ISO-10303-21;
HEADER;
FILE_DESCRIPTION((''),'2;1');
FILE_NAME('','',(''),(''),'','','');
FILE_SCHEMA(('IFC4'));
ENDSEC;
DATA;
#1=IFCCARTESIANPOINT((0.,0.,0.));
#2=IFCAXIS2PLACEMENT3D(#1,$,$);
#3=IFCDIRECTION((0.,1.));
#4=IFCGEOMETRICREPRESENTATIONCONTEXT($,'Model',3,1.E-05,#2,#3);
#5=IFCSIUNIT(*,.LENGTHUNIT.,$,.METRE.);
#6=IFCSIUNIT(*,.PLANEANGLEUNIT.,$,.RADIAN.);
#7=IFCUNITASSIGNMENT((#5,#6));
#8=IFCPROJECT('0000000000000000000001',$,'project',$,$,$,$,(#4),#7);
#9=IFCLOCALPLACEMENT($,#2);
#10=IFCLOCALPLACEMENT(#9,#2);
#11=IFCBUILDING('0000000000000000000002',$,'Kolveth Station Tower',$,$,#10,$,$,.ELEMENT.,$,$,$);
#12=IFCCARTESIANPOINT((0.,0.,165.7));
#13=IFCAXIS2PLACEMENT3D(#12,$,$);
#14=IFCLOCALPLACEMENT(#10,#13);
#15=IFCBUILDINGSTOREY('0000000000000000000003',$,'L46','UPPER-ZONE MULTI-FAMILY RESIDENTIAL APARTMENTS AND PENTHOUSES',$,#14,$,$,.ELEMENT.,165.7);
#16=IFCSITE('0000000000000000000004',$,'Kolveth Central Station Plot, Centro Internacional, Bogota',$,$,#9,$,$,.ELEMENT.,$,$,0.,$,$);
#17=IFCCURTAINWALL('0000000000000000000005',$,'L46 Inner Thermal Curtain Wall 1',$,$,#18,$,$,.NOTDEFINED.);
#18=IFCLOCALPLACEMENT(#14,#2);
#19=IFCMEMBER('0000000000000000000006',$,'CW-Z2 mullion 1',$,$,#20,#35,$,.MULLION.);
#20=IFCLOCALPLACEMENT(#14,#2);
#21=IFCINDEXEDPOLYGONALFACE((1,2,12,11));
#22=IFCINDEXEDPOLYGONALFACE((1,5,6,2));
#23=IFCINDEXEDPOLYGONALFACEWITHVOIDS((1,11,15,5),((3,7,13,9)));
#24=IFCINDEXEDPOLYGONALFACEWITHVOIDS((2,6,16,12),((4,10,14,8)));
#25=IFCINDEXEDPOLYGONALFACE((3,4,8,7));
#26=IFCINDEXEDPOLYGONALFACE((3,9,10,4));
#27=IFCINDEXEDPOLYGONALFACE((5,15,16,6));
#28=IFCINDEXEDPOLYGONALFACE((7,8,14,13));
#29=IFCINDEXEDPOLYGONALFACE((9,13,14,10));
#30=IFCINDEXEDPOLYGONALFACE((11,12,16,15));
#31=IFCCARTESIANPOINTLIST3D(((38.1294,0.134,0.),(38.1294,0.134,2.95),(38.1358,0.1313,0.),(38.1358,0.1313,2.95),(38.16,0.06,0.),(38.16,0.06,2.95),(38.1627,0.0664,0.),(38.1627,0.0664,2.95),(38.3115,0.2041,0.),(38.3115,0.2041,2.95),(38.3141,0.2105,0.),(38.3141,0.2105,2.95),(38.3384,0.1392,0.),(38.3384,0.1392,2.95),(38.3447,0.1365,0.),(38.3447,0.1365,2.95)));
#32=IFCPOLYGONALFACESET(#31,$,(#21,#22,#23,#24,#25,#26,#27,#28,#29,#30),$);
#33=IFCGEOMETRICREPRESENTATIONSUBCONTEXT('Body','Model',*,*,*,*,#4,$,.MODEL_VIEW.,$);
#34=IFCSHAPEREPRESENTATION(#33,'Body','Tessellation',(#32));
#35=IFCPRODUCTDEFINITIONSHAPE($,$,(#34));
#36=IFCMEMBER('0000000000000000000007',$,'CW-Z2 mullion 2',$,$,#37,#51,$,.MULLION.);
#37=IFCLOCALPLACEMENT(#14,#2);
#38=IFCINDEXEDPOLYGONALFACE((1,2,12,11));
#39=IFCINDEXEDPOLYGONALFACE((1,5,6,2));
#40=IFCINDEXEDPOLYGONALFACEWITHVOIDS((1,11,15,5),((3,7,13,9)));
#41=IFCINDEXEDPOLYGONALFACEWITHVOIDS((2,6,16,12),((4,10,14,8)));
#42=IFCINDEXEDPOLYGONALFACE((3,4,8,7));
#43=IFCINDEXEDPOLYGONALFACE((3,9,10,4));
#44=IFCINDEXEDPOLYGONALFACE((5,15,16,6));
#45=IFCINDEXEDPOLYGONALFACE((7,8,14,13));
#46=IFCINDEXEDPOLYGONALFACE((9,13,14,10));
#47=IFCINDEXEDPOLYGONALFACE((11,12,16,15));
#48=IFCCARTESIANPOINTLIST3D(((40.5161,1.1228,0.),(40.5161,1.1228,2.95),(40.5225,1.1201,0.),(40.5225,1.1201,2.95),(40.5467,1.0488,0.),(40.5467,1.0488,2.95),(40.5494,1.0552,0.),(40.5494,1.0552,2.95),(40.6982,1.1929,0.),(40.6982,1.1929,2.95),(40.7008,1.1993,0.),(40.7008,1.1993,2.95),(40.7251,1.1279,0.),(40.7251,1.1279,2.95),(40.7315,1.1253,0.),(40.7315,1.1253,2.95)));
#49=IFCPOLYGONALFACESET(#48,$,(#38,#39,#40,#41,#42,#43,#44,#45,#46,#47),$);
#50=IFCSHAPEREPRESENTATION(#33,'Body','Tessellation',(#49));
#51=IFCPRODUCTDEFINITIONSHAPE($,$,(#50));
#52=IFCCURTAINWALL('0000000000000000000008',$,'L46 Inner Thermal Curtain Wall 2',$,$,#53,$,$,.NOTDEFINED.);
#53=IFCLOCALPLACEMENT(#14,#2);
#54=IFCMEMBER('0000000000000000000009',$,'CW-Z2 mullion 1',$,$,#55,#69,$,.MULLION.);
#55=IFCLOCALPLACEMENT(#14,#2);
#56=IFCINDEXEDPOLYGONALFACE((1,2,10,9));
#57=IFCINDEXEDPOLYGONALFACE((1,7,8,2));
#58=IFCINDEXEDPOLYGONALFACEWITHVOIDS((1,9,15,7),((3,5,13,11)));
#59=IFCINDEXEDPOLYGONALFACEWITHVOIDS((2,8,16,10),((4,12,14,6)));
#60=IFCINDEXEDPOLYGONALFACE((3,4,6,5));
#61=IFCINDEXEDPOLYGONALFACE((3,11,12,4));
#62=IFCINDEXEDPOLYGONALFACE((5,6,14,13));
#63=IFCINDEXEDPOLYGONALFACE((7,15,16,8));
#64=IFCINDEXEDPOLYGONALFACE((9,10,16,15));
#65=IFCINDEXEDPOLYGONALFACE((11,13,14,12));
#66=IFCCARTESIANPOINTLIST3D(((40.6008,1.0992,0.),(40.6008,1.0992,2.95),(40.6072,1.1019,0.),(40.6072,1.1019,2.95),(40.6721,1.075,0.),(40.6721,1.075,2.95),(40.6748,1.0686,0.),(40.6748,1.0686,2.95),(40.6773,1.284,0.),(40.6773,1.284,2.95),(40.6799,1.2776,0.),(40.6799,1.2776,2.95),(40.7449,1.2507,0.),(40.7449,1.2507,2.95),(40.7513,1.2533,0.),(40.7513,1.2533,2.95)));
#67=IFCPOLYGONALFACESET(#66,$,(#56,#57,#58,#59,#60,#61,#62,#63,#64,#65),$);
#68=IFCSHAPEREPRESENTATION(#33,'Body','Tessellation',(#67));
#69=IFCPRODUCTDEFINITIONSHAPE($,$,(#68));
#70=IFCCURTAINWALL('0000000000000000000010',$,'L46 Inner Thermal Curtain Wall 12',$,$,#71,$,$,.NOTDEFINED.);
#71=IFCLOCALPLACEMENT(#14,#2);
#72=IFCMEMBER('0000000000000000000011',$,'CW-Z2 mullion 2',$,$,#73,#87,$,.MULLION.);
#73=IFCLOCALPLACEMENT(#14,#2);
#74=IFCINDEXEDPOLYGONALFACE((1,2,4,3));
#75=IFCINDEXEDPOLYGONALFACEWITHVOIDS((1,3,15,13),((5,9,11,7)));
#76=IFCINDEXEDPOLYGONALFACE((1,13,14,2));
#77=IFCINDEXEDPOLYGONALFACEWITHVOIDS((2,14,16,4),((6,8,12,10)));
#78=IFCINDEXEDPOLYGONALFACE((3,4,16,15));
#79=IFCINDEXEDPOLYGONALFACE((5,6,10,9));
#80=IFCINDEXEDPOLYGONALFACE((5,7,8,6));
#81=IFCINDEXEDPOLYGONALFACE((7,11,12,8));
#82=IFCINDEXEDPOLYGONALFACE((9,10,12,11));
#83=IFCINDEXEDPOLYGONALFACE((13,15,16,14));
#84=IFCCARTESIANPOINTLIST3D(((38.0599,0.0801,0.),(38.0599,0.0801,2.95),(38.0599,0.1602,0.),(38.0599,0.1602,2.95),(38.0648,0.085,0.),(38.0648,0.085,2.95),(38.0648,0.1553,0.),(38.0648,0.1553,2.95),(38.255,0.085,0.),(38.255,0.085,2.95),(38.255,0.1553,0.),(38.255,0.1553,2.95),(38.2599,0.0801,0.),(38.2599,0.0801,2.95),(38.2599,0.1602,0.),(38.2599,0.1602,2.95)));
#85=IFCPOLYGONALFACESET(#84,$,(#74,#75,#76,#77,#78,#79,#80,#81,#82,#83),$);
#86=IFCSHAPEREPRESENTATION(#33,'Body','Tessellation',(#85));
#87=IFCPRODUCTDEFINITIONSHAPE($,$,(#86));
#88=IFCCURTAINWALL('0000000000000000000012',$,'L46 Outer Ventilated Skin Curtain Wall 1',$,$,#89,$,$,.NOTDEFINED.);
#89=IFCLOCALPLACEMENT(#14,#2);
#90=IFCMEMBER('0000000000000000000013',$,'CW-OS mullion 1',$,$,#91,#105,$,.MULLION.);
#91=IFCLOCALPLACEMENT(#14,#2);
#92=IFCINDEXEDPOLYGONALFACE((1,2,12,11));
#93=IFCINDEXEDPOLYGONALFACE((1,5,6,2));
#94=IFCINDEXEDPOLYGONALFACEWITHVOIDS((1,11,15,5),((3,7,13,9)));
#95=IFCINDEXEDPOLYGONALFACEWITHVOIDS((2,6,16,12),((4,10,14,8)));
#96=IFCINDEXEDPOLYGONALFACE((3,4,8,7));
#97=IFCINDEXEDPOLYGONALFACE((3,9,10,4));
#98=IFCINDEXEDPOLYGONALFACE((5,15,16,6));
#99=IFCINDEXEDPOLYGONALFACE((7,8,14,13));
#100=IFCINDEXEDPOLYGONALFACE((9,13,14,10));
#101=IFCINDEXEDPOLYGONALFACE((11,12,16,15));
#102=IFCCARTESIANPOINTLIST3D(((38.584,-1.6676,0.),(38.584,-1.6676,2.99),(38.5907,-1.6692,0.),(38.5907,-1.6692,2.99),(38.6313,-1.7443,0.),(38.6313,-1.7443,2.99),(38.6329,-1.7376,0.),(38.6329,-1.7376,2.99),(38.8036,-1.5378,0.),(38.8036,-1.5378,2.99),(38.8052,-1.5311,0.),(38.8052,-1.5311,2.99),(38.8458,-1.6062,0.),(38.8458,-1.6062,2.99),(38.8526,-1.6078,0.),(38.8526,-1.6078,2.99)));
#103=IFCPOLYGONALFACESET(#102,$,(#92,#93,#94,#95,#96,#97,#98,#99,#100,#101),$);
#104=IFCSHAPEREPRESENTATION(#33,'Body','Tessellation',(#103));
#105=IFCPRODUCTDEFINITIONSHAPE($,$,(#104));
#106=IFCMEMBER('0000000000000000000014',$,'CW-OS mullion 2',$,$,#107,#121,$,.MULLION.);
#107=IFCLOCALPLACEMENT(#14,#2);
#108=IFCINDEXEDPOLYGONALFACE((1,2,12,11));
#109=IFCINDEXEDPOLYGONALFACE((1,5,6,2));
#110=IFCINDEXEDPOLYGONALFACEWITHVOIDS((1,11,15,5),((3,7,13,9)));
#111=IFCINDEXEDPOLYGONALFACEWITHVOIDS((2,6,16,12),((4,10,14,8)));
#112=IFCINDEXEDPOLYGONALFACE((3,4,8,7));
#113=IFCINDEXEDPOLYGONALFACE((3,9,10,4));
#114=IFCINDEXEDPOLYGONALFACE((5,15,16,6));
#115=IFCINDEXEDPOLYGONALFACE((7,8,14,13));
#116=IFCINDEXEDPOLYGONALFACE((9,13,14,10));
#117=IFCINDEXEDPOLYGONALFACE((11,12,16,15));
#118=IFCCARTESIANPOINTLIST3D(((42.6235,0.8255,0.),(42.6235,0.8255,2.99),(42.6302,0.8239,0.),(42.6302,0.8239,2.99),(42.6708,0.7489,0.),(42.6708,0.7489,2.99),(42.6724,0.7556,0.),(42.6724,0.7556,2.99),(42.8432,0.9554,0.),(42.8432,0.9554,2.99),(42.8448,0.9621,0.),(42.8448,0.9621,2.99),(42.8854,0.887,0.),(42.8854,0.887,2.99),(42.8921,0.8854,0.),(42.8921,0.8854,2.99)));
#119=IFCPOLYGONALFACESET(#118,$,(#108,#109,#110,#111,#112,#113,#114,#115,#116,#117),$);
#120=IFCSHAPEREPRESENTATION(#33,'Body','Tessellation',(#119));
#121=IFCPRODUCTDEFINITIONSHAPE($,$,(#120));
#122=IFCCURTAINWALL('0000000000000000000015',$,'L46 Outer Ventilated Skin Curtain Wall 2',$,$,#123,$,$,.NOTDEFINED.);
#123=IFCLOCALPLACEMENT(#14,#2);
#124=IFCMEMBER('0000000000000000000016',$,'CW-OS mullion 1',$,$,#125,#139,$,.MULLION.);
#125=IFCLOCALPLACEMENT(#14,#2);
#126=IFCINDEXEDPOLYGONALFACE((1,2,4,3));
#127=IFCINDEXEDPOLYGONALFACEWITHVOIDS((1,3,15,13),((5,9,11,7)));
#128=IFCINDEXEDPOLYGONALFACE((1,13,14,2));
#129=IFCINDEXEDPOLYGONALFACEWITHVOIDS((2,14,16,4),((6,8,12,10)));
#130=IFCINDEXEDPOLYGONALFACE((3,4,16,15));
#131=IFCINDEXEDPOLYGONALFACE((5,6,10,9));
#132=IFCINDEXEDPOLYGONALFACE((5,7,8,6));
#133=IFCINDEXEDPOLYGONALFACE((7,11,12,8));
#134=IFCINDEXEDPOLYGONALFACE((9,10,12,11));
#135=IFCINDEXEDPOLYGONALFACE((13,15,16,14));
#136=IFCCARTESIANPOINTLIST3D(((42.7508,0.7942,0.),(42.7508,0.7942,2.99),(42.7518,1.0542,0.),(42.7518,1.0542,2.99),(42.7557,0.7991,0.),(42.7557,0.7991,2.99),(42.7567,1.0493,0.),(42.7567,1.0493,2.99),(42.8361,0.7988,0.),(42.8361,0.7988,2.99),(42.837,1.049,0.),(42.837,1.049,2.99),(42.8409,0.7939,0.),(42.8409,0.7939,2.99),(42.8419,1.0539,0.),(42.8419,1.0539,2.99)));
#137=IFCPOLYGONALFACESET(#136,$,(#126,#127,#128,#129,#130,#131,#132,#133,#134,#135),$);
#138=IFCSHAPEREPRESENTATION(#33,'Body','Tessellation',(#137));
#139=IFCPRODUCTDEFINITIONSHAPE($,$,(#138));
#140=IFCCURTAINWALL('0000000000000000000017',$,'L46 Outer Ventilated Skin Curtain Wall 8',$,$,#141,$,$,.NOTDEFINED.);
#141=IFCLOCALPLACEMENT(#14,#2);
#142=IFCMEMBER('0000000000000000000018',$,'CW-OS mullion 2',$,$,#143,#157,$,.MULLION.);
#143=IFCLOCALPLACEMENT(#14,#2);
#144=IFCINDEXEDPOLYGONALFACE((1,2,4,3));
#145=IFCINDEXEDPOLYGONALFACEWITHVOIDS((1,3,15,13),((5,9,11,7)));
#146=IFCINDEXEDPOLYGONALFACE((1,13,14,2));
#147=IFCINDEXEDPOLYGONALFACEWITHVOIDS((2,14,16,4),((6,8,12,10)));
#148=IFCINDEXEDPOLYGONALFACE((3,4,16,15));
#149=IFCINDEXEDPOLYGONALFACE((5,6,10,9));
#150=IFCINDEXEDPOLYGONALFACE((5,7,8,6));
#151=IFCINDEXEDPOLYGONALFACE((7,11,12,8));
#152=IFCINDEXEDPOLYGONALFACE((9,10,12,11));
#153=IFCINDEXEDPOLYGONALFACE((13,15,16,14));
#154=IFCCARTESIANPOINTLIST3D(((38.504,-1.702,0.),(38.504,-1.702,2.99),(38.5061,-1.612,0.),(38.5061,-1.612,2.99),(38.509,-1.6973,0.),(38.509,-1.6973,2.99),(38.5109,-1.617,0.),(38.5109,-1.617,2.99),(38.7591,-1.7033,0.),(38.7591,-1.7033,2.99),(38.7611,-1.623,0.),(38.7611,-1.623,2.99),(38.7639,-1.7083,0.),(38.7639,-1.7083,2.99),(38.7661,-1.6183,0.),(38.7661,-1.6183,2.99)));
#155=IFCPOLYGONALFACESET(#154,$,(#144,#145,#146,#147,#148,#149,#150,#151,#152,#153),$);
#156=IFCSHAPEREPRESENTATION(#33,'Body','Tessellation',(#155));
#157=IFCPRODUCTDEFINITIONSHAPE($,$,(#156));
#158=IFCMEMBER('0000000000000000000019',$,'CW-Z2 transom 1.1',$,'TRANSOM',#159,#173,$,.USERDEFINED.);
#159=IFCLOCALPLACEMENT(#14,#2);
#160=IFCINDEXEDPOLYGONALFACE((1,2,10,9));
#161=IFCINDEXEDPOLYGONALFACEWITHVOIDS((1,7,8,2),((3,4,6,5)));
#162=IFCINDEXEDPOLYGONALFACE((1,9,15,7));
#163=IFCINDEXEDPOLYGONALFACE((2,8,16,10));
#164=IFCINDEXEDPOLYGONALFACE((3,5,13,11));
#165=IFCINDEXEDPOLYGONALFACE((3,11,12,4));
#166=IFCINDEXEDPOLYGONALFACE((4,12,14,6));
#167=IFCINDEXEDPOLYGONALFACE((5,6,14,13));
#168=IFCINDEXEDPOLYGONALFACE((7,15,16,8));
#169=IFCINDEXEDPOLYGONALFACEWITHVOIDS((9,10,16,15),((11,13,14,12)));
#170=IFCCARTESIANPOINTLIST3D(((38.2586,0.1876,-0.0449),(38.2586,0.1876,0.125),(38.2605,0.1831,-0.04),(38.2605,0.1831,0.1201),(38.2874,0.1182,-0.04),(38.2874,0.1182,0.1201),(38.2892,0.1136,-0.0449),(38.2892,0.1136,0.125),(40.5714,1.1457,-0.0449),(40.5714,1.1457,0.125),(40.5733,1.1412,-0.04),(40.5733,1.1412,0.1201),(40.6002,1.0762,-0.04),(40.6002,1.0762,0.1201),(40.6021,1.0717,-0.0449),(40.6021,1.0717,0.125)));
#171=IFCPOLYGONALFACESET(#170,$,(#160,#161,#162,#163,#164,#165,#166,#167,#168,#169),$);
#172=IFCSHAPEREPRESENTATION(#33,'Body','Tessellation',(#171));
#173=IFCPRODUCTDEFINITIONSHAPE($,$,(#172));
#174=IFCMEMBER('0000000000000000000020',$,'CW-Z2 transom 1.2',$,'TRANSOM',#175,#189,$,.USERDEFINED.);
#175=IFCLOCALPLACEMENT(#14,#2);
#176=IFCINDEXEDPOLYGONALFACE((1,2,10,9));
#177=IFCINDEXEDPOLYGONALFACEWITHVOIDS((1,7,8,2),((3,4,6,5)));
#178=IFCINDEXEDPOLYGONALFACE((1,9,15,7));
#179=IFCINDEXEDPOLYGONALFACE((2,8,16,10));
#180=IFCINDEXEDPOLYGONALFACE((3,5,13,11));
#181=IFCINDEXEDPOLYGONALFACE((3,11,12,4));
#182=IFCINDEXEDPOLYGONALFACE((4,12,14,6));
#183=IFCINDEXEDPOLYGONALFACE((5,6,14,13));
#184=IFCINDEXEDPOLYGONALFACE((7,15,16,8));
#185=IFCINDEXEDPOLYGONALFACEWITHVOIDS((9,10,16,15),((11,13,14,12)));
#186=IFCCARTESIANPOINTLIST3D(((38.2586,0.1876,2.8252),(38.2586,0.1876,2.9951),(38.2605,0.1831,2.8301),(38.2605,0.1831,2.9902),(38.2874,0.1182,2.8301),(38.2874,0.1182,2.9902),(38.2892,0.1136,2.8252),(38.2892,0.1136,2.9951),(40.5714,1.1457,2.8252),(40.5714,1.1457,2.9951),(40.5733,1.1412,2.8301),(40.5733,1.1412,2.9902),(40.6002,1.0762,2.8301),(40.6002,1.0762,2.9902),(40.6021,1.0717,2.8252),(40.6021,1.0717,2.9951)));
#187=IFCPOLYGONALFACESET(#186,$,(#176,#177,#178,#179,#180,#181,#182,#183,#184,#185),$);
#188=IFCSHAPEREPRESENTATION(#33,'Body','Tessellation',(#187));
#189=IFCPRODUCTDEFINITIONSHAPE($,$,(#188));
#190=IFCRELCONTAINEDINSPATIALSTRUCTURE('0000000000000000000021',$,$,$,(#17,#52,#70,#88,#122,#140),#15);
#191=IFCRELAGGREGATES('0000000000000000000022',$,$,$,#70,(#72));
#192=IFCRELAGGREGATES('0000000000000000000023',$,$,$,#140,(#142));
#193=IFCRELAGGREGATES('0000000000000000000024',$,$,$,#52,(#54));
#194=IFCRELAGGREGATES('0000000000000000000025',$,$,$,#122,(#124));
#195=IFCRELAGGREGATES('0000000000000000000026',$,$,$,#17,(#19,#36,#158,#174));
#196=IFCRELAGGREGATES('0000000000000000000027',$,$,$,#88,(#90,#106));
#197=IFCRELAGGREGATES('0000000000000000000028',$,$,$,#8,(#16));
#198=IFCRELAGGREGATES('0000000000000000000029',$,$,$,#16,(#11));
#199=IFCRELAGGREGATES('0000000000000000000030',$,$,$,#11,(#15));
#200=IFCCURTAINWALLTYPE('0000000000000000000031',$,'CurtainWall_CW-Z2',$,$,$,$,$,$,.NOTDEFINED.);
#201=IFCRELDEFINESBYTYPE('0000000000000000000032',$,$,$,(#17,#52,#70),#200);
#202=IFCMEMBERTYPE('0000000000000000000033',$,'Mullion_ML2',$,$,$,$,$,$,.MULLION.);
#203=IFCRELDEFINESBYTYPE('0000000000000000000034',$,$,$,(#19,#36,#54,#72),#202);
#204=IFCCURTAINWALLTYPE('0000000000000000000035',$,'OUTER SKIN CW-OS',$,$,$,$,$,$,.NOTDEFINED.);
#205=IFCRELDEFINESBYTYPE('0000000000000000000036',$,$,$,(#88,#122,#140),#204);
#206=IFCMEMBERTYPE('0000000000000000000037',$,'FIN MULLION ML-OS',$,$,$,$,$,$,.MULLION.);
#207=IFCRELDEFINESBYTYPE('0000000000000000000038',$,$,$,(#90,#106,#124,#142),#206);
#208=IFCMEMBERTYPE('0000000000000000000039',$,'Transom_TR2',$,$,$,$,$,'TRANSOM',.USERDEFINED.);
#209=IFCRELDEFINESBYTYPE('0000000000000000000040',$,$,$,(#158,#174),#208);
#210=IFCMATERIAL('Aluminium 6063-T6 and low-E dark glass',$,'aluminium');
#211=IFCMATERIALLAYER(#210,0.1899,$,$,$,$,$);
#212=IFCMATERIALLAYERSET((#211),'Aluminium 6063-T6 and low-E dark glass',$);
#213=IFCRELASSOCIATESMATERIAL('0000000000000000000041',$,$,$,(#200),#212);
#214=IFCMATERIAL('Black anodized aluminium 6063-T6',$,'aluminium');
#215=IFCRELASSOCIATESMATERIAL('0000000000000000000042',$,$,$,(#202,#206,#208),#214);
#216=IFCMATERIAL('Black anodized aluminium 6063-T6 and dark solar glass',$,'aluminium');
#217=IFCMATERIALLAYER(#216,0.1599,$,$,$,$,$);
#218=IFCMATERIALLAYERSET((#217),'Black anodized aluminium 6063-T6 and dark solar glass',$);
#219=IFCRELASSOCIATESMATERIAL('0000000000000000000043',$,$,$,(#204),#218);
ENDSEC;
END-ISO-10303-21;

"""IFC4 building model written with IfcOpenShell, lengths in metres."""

from ifc_helpers import new_model, si_unit, direction, frame, origin, origin_2d, place, context, subcontext, project, spatial, hollow_rectangle, extrude, source, transform, mapped, material, layer, layer_set, material_profile, profile_set, type_object, element, aggregate, save


model = new_model("IFC4")

# Units and contexts
model_context = context("Model", 3, precision=1e-05, world=origin(), true_north=direction((0.0, 1.0)))
body_context = subcontext(model_context, "Body", "Model", "MODEL_VIEW")
ifc_project = project(units=[si_unit("LENGTHUNIT", "METRE"), si_unit("PLANEANGLEUNIT", "RADIAN")], contexts=[model_context])

# Site, building, storey
site_placement = place(None, origin())
site = spatial("IfcSite", under=ifc_project, at=site_placement, Name="Kolveth Central Station Plot, Centro Internacional, Bogota", CompositionType="ELEMENT", RefElevation=0.0)
building_placement = place(site_placement, origin())
building = spatial("IfcBuilding", under=site, at=building_placement, Name="Kolveth Station Tower", CompositionType="ELEMENT")
storey_placement = place(building_placement, frame((0.0, 0.0, 165.7)))
storey = spatial("IfcBuildingStorey", under=building, at=storey_placement, Name="L46", Description="UPPER-ZONE MULTI-FAMILY RESIDENTIAL APARTMENTS AND PENTHOUSES", CompositionType="ELEMENT", Elevation=165.7)

# Curtain wall, members
ifc_material_1 = material(Name="Aluminium 6063-T6 and low-E dark glass", Category="aluminium")
ifc_layer_1 = layer(ifc_material_1, 0.1899)
ifc_layer_set_1 = layer_set([ifc_layer_1], Name="Aluminium 6063-T6 and low-E dark glass")
curtain_wall_type_1 = type_object("IfcCurtainWallType", Name="CurtainWall_CW-Z2", PredefinedType="NOTDEFINED", material=ifc_layer_set_1)
curtain_wall_1_placement = place(storey_placement, origin())
curtain_wall_1 = element("IfcCurtainWall", 1, at=curtain_wall_1_placement, inside=storey, type_object=curtain_wall_type_1, Name="L46 Inner Thermal Curtain Wall 1", PredefinedType="NOTDEFINED")
ifc_material_2 = material(Name="Black anodized aluminium 6063-T6", Category="aluminium")
ifc_material_profile_1 = material_profile(ifc_material_2, hollow_rectangle(XDim=0.0801, YDim=0.2, WallThickness=0.0049, at=origin_2d()), Name="ALU-80x200x5")
ifc_profile_set_1 = profile_set([ifc_material_profile_1], Name="Black anodized aluminium 6063-T6")
member_type_1 = type_object("IfcMemberType", Name="Mullion_ML2", PredefinedType="MULLION", material=ifc_profile_set_1)
shared_shape_1 = source(origin(), body_context, "Body", "SweptSolid", [
    extrude(hollow_rectangle(XDim=0.0801, YDim=0.2, WallThickness=0.0049, at=origin_2d()), origin(), (0.0, 0.0, 1.0), 2.95),
])
member_1_placement = place(storey_placement, frame((38.2371, 0.1353, 0.0), z_axis=(0.0, 0.0, 1.0), x_axis=(-0.382698, 0.923874, 0.0)))
member_1 = element("IfcMember", 2, at=member_1_placement, type_object=member_type_1, Name="CW-Z2 mullion 1", PredefinedType="MULLION", context=body_context, shape_type="MappedRepresentation", body=[
    mapped(shared_shape_1, transform((0.0, 0.0, 0.0), x_axis=(1.0, 0.0, 0.0), y_axis=(0.0, 1.0, 0.0), z_axis=(0.0, 0.0, 1.0), scale=1.0)),
])
member_2_placement = place(storey_placement, frame((40.6238, 1.124, 0.0), z_axis=(0.0, 0.0, 1.0), x_axis=(-0.382698, 0.923874, 0.0)))
member_2 = element("IfcMember", 3, at=member_2_placement, type_object=member_type_1, Name="CW-Z2 mullion 2", PredefinedType="MULLION", context=body_context, shape_type="MappedRepresentation", body=[
    mapped(shared_shape_1, transform((0.0, 0.0, 0.0), x_axis=(1.0, 0.0, 0.0), y_axis=(0.0, 1.0, 0.0), z_axis=(0.0, 0.0, 1.0), scale=1.0)),
])

# Curtain walls, members
curtain_wall_2_placement = place(storey_placement, origin())
curtain_wall_2 = element("IfcCurtainWall", 4, at=curtain_wall_2_placement, inside=storey, type_object=curtain_wall_type_1, Name="L46 Inner Thermal Curtain Wall 2", PredefinedType="NOTDEFINED")
member_3_placement = place(storey_placement, frame((40.676, 1.1763, 0.0), z_axis=(0.0, 0.0, 1.0), x_axis=(-0.923874, 0.382698, 0.0)))
member_3 = element("IfcMember", 5, at=member_3_placement, type_object=member_type_1, Name="CW-Z2 mullion 1", PredefinedType="MULLION", context=body_context, shape_type="MappedRepresentation", body=[
    mapped(shared_shape_1, transform((0.0, 0.0, 0.0), x_axis=(1.0, 0.0, 0.0), y_axis=(0.0, 1.0, 0.0), z_axis=(0.0, 0.0, 1.0), scale=1.0)),
])
curtain_wall_3_placement = place(storey_placement, origin())
curtain_wall_3 = element("IfcCurtainWall", 6, at=curtain_wall_3_placement, inside=storey, type_object=curtain_wall_type_1, Name="L46 Inner Thermal Curtain Wall 12", PredefinedType="NOTDEFINED")
member_4_placement = place(storey_placement, frame((38.1599, 0.1201, 0.0), z_axis=(0.0, 0.0, 1.0), x_axis=(0.0, 1.0, 0.0)))
member_4 = element("IfcMember", 7, at=member_4_placement, type_object=member_type_1, Name="CW-Z2 mullion 2", PredefinedType="MULLION", context=body_context, shape_type="MappedRepresentation", body=[
    mapped(shared_shape_1, transform((0.0, 0.0, 0.0), x_axis=(1.0, 0.0, 0.0), y_axis=(0.0, 1.0, 0.0), z_axis=(0.0, 0.0, 1.0), scale=1.0)),
])
aggregate(curtain_wall_3, [member_4])

# Curtain wall, members
ifc_material_3 = material(Name="Black anodized aluminium 6063-T6 and dark solar glass", Category="aluminium")
ifc_layer_2 = layer(ifc_material_3, 0.1599)
ifc_layer_set_2 = layer_set([ifc_layer_2], Name="Black anodized aluminium 6063-T6 and dark solar glass")
curtain_wall_type_2 = type_object("IfcCurtainWallType", Name="OUTER SKIN CW-OS", PredefinedType="NOTDEFINED", material=ifc_layer_set_2)
curtain_wall_4_placement = place(storey_placement, origin())
curtain_wall_4 = element("IfcCurtainWall", 8, at=curtain_wall_4_placement, inside=storey, type_object=curtain_wall_type_2, Name="L46 Outer Ventilated Skin Curtain Wall 1", PredefinedType="NOTDEFINED")
ifc_material_profile_2 = material_profile(ifc_material_2, hollow_rectangle(XDim=0.0901, YDim=0.26, WallThickness=0.0049, at=origin_2d()), Name="ALU-90x260x5")
ifc_profile_set_2 = profile_set([ifc_material_profile_2], Name="Black anodized aluminium 6063-T6")
member_type_2 = type_object("IfcMemberType", Name="FIN MULLION ML-OS", PredefinedType="MULLION", material=ifc_profile_set_2)
shared_shape_2 = source(origin(), body_context, "Body", "SweptSolid", [
    extrude(hollow_rectangle(XDim=0.0901, YDim=0.26, WallThickness=0.0049, at=origin_2d()), origin(), (0.0, 0.0, 1.0), 2.99),
])
member_5_placement = place(storey_placement, frame((38.7183, -1.6377, 0.0), z_axis=(0.0, 0.0, 1.0), x_axis=(-0.525176, 0.850994, 0.0)))
member_5 = element("IfcMember", 9, at=member_5_placement, type_object=member_type_2, Name="CW-OS mullion 1", PredefinedType="MULLION", context=body_context, shape_type="MappedRepresentation", body=[
    mapped(shared_shape_2, transform((0.0, 0.0, 0.0), x_axis=(1.0, 0.0, 0.0), y_axis=(0.0, 1.0, 0.0), z_axis=(0.0, 0.0, 1.0), scale=1.0)),
])
member_6_placement = place(storey_placement, frame((42.7578, 0.8555, 0.0), z_axis=(0.0, 0.0, 1.0), x_axis=(-0.525176, 0.850994, 0.0)))
member_6 = element("IfcMember", 10, at=member_6_placement, type_object=member_type_2, Name="CW-OS mullion 2", PredefinedType="MULLION", context=body_context, shape_type="MappedRepresentation", body=[
    mapped(shared_shape_2, transform((0.0, 0.0, 0.0), x_axis=(1.0, 0.0, 0.0), y_axis=(0.0, 1.0, 0.0), z_axis=(0.0, 0.0, 1.0), scale=1.0)),
])

# Curtain walls, members
curtain_wall_5_placement = place(storey_placement, origin())
curtain_wall_5 = element("IfcCurtainWall", 11, at=curtain_wall_5_placement, inside=storey, type_object=curtain_wall_type_2, Name="L46 Outer Ventilated Skin Curtain Wall 2", PredefinedType="NOTDEFINED")
member_7_placement = place(storey_placement, frame((42.7964, 0.9241, 0.0), z_axis=(0.0, 0.0, 1.0), x_axis=(-0.999993, 0.003844, 0.0)))
member_7 = element("IfcMember", 12, at=member_7_placement, type_object=member_type_2, Name="CW-OS mullion 1", PredefinedType="MULLION", context=body_context, shape_type="MappedRepresentation", body=[
    mapped(shared_shape_2, transform((0.0, 0.0, 0.0), x_axis=(1.0, 0.0, 0.0), y_axis=(0.0, 1.0, 0.0), z_axis=(0.0, 0.0, 1.0), scale=1.0)),
])
curtain_wall_6_placement = place(storey_placement, origin())
curtain_wall_6 = element("IfcCurtainWall", 13, at=curtain_wall_6_placement, inside=storey, type_object=curtain_wall_type_2, Name="L46 Outer Ventilated Skin Curtain Wall 8", PredefinedType="NOTDEFINED")
member_8_placement = place(storey_placement, frame((38.635, -1.6602, 0.0), z_axis=(0.0, 0.0, 1.0), x_axis=(0.024152, 0.999708, 0.0)))
member_8 = element("IfcMember", 14, at=member_8_placement, type_object=member_type_2, Name="CW-OS mullion 2", PredefinedType="MULLION", context=body_context, shape_type="MappedRepresentation", body=[
    mapped(shared_shape_2, transform((0.0, 0.0, 0.0), x_axis=(1.0, 0.0, 0.0), y_axis=(0.0, 1.0, 0.0), z_axis=(0.0, 0.0, 1.0), scale=1.0)),
])
aggregate(curtain_wall_6, [member_8])

# Members
ifc_material_profile_3 = material_profile(ifc_material_2, hollow_rectangle(XDim=0.0801, YDim=0.1699, WallThickness=0.0049, at=origin_2d()), Name="ALU-80x170x5")
ifc_profile_set_3 = profile_set([ifc_material_profile_3], Name="Black anodized aluminium 6063-T6")
member_type_3 = type_object("IfcMemberType", Name="Transom_TR2", ElementType="TRANSOM", PredefinedType="USERDEFINED", material=ifc_profile_set_3)
shared_shape_3 = source(origin(), body_context, "Body", "SweptSolid", [
    extrude(hollow_rectangle(XDim=0.0801, YDim=0.1699, WallThickness=0.0049, at=origin_2d()), origin(), (0.0, 0.0, 1.0), 2.5034),
])
member_9_placement = place(storey_placement, frame((38.2739, 0.1506, 0.04), z_axis=(0.923874, 0.382696, 0.0), x_axis=(-0.382696, 0.923874, 0.0)))
member_9 = element("IfcMember", 15, at=member_9_placement, type_object=member_type_3, Name="CW-Z2 transom 1.1", ObjectType="TRANSOM", PredefinedType="USERDEFINED", context=body_context, shape_type="MappedRepresentation", body=[
    mapped(shared_shape_3, transform((0.0, 0.0, 0.0), x_axis=(1.0, 0.0, 0.0), y_axis=(0.0, 1.0, 0.0), z_axis=(0.0, 0.0, 1.0), scale=1.0)),
])
member_10_placement = place(storey_placement, frame((38.2739, 0.1506, 2.9102), z_axis=(0.923874, 0.382696, 0.0), x_axis=(-0.382696, 0.923874, 0.0)))
member_10 = element("IfcMember", 16, at=member_10_placement, type_object=member_type_3, Name="CW-Z2 transom 1.2", ObjectType="TRANSOM", PredefinedType="USERDEFINED", context=body_context, shape_type="MappedRepresentation", body=[
    mapped(shared_shape_3, transform((0.0, 0.0, 0.0), x_axis=(1.0, 0.0, 0.0), y_axis=(0.0, 1.0, 0.0), z_axis=(0.0, 0.0, 1.0), scale=1.0)),
])
aggregate(curtain_wall_2, [member_3])
aggregate(curtain_wall_5, [member_7])

aggregate(curtain_wall_1, [member_1, member_2, member_9, member_10])
aggregate(curtain_wall_4, [member_5, member_6])

save(model, "model.ifc")
